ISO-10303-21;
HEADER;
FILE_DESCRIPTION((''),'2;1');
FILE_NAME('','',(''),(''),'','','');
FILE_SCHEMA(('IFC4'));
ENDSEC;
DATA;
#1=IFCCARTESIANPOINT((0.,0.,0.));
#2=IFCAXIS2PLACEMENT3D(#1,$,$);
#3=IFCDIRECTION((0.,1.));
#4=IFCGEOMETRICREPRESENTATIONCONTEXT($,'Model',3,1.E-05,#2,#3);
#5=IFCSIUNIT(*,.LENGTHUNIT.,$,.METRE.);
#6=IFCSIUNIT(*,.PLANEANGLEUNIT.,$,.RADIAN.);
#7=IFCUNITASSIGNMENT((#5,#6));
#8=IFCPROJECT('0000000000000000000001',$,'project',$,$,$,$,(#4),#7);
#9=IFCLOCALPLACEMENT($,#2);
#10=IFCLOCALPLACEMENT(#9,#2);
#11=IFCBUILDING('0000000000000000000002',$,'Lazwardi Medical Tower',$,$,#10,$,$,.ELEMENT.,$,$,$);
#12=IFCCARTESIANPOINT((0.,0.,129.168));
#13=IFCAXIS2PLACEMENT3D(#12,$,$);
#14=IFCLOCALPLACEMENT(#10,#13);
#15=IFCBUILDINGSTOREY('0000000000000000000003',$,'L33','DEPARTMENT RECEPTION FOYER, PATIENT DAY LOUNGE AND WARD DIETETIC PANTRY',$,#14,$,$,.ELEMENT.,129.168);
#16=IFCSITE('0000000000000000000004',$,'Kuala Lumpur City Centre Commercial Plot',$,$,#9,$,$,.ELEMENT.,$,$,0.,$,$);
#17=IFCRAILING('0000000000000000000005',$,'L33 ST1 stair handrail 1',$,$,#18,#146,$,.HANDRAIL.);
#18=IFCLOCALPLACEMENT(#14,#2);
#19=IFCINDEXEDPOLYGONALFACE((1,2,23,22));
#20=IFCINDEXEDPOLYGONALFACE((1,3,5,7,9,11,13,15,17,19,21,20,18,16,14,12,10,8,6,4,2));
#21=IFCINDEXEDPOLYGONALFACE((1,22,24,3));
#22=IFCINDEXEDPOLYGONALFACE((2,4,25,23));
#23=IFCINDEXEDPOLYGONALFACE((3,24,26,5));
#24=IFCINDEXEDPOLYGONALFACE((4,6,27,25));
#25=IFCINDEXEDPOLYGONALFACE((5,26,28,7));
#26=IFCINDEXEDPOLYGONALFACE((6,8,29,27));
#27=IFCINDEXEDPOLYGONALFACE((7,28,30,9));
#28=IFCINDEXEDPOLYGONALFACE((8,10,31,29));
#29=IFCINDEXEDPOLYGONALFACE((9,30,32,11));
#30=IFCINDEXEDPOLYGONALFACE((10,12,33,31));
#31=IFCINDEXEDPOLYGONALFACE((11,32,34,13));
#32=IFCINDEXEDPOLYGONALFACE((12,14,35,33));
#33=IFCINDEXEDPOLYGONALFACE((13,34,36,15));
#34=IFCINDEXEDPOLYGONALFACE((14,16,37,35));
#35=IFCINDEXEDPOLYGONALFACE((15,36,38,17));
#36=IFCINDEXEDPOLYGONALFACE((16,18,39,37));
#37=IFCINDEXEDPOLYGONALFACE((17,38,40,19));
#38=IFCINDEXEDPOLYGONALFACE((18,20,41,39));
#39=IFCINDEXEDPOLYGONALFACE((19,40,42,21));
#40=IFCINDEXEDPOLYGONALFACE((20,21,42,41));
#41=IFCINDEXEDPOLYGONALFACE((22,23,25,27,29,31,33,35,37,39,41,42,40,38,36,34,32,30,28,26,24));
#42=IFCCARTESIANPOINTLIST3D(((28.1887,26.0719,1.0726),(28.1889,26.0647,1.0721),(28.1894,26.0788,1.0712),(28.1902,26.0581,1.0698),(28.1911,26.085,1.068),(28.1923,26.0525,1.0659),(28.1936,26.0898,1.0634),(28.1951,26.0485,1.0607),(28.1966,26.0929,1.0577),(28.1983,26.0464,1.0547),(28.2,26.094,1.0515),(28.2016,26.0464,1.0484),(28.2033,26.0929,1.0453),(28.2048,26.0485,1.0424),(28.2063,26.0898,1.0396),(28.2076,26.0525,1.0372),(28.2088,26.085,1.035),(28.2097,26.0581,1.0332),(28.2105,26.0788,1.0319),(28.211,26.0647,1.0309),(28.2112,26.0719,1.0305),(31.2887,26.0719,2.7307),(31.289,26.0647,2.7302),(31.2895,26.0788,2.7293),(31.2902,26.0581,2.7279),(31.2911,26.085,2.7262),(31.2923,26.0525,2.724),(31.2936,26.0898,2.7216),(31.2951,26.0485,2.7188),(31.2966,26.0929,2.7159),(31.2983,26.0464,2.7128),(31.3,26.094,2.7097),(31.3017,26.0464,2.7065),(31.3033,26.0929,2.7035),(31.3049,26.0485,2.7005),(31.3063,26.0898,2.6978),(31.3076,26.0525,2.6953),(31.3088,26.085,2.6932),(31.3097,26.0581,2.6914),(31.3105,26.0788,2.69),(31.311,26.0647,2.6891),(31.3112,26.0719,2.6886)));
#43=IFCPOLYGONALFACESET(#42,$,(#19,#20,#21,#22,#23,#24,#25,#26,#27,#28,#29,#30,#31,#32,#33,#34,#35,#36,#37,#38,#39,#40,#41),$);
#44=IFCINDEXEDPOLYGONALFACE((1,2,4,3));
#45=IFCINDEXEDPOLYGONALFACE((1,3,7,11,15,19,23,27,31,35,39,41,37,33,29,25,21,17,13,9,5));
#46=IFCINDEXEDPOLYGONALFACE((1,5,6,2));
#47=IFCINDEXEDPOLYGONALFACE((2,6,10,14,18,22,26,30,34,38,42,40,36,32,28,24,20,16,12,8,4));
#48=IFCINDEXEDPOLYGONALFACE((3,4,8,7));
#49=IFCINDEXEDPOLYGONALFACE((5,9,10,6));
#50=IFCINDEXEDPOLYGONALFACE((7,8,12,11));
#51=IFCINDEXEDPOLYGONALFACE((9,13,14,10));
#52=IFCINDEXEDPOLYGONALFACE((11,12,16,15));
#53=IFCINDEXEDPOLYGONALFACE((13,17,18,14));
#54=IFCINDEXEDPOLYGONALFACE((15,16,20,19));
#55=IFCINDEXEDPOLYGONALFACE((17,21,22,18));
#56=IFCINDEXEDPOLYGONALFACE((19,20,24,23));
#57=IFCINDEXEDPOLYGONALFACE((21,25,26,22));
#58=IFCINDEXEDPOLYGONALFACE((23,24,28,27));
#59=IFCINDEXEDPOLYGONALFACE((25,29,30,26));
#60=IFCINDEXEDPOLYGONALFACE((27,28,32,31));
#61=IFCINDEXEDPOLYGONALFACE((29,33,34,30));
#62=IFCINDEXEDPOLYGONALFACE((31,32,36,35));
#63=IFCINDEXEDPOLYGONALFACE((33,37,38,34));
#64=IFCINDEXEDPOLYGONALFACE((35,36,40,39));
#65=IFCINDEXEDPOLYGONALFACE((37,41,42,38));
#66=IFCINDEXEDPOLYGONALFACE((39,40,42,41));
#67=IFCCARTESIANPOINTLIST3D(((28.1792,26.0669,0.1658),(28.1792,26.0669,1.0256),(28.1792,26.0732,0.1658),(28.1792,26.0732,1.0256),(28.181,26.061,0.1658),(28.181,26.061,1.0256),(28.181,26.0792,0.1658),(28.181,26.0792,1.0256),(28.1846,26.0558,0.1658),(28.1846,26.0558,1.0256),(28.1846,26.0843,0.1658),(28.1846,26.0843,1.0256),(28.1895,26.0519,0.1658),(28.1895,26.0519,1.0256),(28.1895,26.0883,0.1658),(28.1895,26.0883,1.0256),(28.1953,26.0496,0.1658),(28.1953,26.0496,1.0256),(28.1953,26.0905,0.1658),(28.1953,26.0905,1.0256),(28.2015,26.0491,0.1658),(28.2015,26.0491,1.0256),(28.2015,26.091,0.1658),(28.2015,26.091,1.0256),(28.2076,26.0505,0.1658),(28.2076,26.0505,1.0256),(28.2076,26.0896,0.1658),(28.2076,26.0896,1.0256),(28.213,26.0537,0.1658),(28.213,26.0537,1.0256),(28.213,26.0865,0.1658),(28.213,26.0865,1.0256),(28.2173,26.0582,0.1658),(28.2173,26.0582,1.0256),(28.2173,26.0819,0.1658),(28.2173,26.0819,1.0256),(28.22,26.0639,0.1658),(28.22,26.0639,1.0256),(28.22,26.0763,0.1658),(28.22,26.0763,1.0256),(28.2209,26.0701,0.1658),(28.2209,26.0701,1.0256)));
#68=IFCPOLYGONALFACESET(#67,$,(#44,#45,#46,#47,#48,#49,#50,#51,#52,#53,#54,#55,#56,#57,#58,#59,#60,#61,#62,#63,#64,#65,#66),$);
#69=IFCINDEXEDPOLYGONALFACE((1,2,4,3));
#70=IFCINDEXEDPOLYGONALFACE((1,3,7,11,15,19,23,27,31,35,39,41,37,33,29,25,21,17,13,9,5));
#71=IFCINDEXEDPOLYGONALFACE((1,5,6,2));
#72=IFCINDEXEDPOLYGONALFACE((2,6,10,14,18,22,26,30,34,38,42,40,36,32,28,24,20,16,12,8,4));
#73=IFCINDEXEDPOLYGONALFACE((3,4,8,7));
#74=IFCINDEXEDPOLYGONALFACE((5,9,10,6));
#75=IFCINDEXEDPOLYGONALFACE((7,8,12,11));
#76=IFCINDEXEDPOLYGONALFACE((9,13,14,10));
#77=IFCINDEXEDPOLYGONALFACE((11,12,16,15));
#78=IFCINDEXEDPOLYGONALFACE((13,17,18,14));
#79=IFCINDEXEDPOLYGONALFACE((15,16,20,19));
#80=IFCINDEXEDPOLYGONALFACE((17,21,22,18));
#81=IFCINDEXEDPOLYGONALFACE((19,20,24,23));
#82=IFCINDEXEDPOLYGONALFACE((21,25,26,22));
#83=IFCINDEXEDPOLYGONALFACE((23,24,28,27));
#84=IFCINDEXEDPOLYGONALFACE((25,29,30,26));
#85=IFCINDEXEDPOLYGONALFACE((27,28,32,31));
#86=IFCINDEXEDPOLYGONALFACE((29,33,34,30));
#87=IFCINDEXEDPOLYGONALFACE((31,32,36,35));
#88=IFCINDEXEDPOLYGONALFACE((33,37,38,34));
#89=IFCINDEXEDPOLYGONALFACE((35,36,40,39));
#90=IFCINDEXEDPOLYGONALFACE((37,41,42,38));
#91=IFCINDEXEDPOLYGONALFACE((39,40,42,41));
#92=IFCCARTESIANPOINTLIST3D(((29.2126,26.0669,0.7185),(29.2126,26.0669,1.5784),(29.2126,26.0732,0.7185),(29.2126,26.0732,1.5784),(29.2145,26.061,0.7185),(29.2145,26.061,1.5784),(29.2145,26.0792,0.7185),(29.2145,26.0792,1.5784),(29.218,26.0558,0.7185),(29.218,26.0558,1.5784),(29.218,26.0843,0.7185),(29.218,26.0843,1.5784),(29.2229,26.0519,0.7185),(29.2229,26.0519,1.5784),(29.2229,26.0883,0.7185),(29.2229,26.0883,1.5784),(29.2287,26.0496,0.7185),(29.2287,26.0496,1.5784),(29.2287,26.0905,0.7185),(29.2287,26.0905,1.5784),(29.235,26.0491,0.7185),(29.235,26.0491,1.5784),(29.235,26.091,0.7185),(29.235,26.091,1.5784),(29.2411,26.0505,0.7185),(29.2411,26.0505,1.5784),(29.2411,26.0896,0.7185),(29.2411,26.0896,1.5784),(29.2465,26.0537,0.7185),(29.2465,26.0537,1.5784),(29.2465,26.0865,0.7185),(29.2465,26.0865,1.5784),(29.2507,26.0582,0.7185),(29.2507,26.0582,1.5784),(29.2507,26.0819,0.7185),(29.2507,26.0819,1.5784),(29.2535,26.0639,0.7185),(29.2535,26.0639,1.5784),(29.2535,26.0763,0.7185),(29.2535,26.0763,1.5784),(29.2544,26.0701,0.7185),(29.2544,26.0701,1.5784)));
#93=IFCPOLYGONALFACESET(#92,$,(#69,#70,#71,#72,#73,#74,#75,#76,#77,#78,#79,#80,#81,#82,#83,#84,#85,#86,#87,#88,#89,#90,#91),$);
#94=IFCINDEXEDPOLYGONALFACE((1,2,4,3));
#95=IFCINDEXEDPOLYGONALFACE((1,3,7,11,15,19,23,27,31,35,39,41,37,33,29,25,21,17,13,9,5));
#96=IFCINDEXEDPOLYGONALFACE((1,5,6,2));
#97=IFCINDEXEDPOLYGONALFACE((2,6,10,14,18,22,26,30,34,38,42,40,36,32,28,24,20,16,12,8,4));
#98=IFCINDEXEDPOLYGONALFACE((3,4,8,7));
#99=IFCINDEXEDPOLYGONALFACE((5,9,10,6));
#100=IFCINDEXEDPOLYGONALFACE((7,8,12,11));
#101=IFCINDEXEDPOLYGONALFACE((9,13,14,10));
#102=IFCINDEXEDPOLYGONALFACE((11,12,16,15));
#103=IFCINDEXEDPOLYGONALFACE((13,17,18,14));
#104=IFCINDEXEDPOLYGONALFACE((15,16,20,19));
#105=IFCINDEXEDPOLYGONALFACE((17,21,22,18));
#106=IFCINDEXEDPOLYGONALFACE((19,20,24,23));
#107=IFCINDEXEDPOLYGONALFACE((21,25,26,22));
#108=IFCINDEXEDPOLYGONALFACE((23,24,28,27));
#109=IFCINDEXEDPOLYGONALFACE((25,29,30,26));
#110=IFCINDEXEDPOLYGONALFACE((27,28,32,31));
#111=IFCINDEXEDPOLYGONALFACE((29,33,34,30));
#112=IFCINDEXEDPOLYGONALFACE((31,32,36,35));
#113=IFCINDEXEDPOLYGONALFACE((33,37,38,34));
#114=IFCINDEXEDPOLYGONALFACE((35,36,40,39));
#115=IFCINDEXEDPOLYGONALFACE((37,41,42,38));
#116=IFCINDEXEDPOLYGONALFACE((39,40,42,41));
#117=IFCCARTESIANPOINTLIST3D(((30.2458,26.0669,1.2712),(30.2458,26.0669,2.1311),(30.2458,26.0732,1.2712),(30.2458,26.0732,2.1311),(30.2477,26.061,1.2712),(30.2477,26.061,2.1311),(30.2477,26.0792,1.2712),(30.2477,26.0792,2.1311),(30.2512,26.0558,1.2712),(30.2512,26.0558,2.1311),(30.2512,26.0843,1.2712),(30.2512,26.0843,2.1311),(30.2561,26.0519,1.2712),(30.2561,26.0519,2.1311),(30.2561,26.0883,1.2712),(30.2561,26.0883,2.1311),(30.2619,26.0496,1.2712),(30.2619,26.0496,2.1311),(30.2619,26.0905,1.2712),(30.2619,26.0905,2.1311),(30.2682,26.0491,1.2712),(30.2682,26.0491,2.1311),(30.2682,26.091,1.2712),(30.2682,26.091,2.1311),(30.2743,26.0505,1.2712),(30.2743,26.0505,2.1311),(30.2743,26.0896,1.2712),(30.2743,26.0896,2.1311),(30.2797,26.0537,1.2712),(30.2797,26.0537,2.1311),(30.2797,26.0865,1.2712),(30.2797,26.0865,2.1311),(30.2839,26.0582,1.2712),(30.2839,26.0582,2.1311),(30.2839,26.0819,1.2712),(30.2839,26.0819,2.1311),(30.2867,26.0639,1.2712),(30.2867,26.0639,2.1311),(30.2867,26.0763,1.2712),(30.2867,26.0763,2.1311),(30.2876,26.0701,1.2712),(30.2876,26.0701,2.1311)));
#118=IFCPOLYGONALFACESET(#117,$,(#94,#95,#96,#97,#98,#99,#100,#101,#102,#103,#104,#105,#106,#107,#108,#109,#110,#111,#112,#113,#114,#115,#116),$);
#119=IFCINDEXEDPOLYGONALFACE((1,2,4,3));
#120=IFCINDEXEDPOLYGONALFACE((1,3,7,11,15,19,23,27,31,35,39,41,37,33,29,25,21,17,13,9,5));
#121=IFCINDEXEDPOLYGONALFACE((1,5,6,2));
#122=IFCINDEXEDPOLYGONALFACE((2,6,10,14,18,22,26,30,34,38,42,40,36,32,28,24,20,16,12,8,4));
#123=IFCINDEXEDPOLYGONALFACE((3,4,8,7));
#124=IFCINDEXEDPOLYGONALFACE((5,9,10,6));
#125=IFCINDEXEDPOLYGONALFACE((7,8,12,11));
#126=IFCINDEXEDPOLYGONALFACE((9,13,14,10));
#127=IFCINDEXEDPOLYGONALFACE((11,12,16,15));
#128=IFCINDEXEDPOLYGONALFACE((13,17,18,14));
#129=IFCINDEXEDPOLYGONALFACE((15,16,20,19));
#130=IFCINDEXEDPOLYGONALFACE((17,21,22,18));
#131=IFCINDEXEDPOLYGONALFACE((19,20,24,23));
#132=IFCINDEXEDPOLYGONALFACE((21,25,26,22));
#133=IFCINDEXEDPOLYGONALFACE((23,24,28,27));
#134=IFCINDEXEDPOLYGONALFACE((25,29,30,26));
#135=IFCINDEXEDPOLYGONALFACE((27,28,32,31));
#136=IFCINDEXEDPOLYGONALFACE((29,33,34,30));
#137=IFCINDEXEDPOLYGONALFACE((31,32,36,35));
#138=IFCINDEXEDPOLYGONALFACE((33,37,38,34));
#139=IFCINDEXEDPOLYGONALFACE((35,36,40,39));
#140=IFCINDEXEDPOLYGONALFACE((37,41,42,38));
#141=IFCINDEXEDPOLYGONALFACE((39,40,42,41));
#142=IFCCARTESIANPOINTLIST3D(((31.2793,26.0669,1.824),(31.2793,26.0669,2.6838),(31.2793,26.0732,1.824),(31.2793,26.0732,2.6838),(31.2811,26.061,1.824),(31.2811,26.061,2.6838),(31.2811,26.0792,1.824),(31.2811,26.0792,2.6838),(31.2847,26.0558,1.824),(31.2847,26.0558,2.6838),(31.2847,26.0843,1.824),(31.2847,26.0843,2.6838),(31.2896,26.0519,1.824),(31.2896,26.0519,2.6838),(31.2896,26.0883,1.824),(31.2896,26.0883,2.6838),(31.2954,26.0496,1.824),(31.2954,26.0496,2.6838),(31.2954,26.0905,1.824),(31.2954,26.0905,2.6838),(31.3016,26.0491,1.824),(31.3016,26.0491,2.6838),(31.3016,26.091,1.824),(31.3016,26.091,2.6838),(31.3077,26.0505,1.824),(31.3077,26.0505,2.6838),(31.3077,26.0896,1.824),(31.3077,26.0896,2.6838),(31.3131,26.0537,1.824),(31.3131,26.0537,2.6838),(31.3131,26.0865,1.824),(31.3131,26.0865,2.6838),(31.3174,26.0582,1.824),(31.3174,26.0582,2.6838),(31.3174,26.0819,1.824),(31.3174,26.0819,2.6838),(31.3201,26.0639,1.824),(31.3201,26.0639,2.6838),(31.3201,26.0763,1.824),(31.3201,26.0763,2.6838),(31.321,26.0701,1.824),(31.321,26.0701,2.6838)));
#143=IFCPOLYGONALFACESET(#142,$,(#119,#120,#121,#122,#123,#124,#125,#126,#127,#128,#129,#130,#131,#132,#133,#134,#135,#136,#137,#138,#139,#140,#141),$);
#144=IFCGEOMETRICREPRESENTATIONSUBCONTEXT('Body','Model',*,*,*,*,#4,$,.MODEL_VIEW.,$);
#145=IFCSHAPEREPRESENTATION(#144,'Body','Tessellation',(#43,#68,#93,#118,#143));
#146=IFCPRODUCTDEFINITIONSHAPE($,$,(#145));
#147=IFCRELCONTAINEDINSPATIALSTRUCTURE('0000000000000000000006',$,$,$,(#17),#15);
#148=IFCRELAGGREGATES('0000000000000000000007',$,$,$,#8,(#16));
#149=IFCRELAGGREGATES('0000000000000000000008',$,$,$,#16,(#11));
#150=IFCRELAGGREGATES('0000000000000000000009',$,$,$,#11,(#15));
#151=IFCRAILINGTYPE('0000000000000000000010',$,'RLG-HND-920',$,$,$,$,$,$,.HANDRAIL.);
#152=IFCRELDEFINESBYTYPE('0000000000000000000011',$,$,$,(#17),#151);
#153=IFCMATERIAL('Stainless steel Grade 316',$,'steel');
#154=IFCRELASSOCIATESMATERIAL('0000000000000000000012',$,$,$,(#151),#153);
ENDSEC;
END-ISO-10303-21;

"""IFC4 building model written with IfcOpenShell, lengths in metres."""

from ifc_helpers import new_model, si_unit, direction, frame, origin, origin_2d, place, context, subcontext, project, spatial, circle, extrude, material, type_object, element, save


model = new_model("IFC4")

# Units and contexts
model_context = context("Model", 3, precision=1e-05, world=origin(), true_north=direction((0.0, 1.0)))
body_context = subcontext(model_context, "Body", "Model", "MODEL_VIEW")
ifc_project = project(units=[si_unit("LENGTHUNIT", "METRE"), si_unit("PLANEANGLEUNIT", "RADIAN")], contexts=[model_context])

# Site, building, storey
site_placement = place(None, origin())
site = spatial("IfcSite", under=ifc_project, at=site_placement, Name="Kuala Lumpur City Centre Commercial Plot", CompositionType="ELEMENT", RefElevation=0.0)
building_placement = place(site_placement, origin())
building = spatial("IfcBuilding", under=site, at=building_placement, Name="Lazwardi Medical Tower", CompositionType="ELEMENT")
storey_placement = place(building_placement, frame((0.0, 0.0, 129.168)))
storey = spatial("IfcBuildingStorey", under=building, at=storey_placement, Name="L33", Description="DEPARTMENT RECEPTION FOYER, PATIENT DAY LOUNGE AND WARD DIETETIC PANTRY", CompositionType="ELEMENT", Elevation=129.168)

# Railing
ifc_material_1 = material(Name="Stainless steel Grade 316", Category="steel")
railing_type_1 = type_object("IfcRailingType", Name="RLG-HND-920", PredefinedType="HANDRAIL", material=ifc_material_1)
railing_1_placement = place(storey_placement, frame((28.2, 26.0701, 0.1658)))
element("IfcRailing", 1, at=railing_1_placement, inside=storey, type_object=railing_type_1, Name="L33 ST1 stair handrail 1", PredefinedType="HANDRAIL", context=body_context, shape_type="SweptSolid", body=[
    extrude(circle(Radius=0.0239, at=origin_2d()), frame((0.0, 0.0, 0.8857), z_axis=(0.881783, 0.0, 0.471655), x_axis=(0.0, 1.0, 0.0)), (0.0, 0.0, 1.0), 3.5156),
    extrude(circle(Radius=0.021, at=origin_2d()), origin(), (0.0, 0.0, 1.0), 0.8599),
    extrude(circle(Radius=0.021, at=origin_2d()), frame((1.0334, 0.0, 0.5527)), (0.0, 0.0, 1.0), 0.8599),
    extrude(circle(Radius=0.021, at=origin_2d()), frame((2.0667, 0.0, 1.1055)), (0.0, 0.0, 1.0), 0.8599),
    extrude(circle(Radius=0.021, at=origin_2d()), frame((3.1001, 0.0, 1.6582)), (0.0, 0.0, 1.0), 0.8599),
])

save(model, "model.ifc")
